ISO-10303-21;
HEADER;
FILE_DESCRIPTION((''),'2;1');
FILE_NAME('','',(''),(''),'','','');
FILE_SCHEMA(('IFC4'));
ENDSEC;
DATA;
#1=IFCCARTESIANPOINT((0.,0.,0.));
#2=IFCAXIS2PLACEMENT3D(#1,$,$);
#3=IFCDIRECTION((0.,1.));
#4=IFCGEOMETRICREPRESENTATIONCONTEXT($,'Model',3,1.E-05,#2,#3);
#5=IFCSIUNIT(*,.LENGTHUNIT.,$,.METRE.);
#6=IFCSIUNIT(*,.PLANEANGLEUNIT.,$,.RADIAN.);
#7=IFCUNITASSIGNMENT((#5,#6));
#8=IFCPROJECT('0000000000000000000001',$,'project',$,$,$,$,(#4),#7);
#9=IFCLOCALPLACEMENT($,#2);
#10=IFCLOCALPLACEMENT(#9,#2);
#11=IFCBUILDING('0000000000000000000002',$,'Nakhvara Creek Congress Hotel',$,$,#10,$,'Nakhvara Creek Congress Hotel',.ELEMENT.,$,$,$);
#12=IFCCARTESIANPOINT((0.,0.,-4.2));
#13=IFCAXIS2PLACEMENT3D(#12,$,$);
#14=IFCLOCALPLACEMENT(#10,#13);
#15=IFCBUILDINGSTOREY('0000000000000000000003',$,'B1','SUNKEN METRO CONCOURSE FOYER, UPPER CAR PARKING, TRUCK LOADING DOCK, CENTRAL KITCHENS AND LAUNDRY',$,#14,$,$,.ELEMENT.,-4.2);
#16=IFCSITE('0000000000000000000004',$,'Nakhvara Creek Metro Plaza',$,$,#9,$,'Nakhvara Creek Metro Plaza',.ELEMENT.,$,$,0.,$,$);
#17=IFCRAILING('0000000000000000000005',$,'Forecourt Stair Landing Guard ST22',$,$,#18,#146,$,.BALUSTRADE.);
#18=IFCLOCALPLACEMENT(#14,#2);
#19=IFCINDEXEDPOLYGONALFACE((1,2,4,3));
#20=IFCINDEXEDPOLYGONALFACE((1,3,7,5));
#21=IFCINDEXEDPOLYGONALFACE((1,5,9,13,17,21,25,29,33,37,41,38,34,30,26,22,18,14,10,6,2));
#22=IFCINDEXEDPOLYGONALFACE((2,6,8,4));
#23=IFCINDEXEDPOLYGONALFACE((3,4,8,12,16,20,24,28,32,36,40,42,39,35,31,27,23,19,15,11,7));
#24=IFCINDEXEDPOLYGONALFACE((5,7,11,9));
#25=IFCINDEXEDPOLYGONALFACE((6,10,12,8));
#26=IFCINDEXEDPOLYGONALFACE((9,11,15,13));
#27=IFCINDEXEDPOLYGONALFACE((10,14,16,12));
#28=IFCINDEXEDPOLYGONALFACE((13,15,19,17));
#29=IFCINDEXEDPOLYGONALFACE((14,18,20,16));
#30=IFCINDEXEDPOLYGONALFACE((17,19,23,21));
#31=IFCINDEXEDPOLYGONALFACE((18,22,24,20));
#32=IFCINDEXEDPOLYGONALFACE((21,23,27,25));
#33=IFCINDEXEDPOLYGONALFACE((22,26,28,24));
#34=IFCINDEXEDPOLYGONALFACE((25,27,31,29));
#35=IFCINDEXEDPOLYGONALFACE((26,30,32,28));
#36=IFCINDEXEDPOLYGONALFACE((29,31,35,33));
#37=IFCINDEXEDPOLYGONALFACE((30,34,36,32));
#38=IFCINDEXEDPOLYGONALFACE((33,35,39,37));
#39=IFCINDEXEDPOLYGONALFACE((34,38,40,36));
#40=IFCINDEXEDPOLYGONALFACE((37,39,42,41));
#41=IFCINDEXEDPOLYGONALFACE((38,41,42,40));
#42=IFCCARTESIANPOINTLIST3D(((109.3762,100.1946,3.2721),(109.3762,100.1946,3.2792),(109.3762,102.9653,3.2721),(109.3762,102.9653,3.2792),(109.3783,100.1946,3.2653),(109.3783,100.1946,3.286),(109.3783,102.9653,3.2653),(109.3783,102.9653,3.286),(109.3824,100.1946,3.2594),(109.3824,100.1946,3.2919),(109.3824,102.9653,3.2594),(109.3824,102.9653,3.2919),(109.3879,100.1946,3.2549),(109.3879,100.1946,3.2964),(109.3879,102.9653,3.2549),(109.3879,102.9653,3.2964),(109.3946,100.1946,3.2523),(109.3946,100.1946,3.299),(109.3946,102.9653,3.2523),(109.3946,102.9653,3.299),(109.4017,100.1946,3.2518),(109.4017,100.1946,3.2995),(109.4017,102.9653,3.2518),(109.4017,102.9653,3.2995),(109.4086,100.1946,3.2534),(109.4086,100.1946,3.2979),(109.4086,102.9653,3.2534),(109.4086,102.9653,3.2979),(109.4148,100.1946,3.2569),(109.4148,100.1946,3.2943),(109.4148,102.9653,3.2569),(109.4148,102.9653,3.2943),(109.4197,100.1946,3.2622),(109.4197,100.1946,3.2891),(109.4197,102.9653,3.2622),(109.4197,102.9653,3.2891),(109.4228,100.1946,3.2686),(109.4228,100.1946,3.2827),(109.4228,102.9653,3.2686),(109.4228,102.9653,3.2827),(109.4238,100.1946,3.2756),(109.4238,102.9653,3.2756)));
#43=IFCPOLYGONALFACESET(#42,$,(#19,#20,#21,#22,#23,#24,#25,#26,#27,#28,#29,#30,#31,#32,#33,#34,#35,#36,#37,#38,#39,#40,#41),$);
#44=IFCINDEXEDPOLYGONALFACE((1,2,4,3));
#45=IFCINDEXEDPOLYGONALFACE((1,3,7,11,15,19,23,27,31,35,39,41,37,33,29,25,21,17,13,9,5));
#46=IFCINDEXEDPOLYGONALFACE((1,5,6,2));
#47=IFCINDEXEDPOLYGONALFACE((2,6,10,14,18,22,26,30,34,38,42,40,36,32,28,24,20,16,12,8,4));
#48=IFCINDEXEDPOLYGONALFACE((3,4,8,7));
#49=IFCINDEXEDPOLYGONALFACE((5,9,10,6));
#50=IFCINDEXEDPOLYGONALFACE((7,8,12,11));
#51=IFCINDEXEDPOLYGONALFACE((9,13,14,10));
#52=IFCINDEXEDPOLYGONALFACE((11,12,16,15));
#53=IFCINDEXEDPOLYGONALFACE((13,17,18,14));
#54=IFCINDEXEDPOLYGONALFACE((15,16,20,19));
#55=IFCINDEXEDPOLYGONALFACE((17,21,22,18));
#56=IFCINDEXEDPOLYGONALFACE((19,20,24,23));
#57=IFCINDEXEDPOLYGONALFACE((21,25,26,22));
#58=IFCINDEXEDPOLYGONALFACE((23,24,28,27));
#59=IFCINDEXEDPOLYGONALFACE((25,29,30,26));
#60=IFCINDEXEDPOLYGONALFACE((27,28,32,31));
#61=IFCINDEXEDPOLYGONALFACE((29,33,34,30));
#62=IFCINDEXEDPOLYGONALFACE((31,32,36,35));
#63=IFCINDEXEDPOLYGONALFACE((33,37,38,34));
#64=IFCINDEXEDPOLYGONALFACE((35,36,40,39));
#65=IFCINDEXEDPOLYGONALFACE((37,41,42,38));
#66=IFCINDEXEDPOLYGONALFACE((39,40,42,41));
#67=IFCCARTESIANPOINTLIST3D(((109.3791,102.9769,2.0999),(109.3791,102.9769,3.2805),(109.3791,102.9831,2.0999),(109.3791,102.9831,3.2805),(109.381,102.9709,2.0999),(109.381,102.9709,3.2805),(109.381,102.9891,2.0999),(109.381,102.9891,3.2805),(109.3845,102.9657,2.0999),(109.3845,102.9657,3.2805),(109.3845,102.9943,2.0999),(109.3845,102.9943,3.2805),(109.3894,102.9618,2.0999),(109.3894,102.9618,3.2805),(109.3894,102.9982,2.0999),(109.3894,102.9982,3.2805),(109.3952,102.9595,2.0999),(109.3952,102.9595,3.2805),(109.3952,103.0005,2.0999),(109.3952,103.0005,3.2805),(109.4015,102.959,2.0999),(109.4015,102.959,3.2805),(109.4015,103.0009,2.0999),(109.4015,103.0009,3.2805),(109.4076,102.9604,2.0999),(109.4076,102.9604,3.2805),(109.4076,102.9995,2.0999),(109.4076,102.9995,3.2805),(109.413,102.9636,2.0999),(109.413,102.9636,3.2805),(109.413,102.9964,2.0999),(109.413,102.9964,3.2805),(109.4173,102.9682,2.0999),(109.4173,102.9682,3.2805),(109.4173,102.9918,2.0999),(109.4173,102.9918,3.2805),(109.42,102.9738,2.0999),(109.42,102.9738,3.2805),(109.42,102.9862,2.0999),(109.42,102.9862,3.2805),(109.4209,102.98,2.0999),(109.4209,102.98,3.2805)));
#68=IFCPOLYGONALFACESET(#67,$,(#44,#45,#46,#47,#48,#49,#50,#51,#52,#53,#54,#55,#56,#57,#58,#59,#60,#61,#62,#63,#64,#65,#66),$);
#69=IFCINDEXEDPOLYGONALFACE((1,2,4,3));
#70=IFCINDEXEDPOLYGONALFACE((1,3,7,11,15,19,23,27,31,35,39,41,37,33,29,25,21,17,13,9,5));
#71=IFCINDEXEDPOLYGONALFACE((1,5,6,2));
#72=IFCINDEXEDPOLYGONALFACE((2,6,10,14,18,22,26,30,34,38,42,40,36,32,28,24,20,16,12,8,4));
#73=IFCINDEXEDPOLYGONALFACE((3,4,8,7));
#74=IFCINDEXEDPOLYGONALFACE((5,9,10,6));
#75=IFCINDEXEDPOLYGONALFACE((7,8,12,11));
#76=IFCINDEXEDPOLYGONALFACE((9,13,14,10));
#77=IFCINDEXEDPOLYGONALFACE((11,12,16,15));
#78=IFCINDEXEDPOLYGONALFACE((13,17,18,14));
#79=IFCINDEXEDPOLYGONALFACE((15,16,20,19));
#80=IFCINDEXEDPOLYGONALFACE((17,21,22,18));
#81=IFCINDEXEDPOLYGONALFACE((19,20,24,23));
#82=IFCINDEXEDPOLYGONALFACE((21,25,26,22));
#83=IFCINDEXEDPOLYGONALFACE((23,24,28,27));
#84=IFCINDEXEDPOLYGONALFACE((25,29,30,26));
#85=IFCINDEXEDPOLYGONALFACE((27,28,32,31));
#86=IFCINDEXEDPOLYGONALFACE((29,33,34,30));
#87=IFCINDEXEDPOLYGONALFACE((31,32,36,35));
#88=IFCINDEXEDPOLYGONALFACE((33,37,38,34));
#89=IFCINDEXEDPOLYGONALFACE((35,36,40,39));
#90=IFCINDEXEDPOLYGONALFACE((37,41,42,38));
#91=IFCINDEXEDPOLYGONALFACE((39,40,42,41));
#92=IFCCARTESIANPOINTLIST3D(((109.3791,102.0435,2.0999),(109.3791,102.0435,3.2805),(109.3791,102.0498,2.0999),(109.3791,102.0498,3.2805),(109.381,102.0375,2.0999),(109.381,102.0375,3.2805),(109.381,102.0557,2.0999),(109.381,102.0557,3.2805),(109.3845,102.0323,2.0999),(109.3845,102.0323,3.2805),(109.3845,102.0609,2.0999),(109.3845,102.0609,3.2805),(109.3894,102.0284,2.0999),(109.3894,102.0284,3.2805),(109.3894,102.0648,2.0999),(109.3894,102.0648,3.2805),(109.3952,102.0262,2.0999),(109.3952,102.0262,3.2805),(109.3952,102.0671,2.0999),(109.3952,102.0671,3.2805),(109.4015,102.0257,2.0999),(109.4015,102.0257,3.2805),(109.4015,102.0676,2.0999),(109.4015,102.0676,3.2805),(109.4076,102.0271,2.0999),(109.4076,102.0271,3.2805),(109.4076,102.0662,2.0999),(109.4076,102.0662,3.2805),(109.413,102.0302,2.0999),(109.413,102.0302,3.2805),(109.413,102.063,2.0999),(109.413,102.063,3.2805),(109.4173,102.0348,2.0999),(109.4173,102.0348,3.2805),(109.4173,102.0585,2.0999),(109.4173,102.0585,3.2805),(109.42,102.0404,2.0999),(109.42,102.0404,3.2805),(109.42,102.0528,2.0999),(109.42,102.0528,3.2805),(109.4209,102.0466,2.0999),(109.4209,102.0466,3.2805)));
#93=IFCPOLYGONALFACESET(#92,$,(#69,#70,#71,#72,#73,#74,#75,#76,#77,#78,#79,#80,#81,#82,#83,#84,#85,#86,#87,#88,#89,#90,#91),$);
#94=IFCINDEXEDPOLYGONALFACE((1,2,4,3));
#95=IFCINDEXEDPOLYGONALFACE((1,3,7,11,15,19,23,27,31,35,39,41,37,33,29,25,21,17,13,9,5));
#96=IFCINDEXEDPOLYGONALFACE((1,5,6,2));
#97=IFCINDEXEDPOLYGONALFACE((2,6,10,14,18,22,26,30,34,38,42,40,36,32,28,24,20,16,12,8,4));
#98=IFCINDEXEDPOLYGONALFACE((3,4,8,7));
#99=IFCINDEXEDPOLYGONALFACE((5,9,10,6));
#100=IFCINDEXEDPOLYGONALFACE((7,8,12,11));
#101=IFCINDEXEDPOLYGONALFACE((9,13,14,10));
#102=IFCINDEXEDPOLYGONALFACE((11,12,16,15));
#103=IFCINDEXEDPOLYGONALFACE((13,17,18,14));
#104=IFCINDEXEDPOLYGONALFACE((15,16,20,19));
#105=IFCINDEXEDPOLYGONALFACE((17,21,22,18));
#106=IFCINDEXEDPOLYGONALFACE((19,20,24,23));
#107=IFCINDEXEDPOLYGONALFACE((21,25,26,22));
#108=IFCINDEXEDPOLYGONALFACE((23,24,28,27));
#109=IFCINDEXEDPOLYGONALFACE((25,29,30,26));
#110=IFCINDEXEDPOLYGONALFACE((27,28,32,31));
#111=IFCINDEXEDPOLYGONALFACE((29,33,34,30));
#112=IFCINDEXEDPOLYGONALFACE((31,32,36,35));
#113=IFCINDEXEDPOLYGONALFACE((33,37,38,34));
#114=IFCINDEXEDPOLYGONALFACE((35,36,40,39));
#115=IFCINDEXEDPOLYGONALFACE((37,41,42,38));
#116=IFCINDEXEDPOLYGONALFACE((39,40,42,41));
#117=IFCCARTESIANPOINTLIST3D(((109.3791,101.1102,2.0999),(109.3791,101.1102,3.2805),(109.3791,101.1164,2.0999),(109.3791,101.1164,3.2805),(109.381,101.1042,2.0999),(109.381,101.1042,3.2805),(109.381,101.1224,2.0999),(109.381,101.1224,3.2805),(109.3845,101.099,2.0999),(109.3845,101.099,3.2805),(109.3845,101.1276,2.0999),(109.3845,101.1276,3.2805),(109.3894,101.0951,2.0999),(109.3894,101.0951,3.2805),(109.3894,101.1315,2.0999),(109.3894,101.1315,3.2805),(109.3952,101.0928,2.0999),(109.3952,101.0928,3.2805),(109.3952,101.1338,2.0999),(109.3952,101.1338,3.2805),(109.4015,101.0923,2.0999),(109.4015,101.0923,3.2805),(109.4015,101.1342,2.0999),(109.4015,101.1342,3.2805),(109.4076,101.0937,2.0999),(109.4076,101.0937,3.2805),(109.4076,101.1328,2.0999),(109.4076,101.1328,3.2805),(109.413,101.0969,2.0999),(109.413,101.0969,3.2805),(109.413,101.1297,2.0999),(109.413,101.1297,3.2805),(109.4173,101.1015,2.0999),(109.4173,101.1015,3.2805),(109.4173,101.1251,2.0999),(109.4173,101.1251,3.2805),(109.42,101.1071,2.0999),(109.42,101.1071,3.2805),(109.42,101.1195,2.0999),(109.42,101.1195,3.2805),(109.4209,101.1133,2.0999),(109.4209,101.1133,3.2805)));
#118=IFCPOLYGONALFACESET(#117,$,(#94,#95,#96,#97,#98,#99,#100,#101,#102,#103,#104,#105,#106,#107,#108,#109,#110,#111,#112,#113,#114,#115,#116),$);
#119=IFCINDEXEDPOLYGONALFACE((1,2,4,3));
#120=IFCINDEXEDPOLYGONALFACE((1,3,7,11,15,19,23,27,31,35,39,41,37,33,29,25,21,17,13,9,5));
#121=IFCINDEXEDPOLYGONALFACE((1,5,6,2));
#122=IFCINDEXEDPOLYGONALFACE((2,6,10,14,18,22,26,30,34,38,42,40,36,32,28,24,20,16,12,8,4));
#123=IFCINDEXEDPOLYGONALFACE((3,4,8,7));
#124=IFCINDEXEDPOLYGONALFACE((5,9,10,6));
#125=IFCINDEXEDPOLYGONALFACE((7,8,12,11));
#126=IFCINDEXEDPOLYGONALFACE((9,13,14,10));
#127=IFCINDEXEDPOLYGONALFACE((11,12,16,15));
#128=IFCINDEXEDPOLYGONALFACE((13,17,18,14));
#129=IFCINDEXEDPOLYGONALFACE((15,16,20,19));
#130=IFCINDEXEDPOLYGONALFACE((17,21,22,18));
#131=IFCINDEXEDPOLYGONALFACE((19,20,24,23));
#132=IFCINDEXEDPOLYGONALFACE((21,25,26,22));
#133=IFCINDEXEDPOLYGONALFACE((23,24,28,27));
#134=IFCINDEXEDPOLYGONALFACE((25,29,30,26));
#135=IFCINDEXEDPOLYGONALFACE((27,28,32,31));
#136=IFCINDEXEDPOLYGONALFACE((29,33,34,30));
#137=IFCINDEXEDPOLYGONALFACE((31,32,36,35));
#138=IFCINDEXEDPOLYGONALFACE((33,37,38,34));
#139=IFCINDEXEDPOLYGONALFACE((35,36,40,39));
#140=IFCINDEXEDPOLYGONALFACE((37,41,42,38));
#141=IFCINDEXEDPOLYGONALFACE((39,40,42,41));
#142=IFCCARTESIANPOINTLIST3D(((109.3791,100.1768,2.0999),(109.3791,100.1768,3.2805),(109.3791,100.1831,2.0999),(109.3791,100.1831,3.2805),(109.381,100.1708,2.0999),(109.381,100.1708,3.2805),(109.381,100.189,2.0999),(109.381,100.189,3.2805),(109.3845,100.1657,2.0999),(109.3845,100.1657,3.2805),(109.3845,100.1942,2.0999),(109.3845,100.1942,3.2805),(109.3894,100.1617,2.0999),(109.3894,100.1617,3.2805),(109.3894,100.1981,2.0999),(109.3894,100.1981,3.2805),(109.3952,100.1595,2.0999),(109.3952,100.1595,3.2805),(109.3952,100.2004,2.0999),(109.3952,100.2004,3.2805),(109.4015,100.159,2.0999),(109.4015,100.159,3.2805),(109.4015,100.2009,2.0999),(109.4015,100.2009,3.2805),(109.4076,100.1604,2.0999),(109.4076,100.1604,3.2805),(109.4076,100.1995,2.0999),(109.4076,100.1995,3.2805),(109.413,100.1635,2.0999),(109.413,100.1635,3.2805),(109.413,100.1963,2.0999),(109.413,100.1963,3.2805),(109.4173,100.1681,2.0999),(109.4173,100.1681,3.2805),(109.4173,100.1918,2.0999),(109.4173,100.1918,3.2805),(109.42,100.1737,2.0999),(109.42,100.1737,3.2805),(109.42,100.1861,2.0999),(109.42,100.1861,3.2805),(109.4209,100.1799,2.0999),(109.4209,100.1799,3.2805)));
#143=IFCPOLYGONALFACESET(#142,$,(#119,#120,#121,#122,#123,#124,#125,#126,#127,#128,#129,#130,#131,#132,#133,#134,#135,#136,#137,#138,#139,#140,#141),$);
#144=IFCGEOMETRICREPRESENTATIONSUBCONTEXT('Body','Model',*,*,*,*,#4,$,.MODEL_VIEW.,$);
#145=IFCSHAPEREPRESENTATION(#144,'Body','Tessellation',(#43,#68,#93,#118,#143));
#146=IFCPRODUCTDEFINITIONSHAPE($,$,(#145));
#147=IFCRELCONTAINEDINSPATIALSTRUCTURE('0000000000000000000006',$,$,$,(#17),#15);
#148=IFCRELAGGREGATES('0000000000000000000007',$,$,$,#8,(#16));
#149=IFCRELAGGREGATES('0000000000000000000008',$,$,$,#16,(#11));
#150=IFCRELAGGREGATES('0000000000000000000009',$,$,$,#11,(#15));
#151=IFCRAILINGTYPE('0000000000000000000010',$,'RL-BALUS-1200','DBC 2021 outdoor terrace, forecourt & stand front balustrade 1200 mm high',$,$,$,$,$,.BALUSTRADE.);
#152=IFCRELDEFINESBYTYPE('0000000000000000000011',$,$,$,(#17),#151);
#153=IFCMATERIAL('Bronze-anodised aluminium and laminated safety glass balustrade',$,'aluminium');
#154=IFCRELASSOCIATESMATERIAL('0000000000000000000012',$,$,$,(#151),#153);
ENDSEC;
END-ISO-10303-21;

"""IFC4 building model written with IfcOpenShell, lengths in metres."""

from ifc_helpers import new_model, si_unit, direction, frame, origin, origin_2d, place, context, subcontext, project, spatial, circle, extrude, material, type_object, element, save


model = new_model("IFC4")

# Units and contexts
model_context = context("Model", 3, precision=1e-05, world=origin(), true_north=direction((0.0, 1.0)))
body_context = subcontext(model_context, "Body", "Model", "MODEL_VIEW")
ifc_project = project(units=[si_unit("LENGTHUNIT", "METRE"), si_unit("PLANEANGLEUNIT", "RADIAN")], contexts=[model_context])

# Site, building, storey
site_placement = place(None, origin())
site = spatial("IfcSite", under=ifc_project, at=site_placement, Name="Nakhvara Creek Metro Plaza", LongName="Nakhvara Creek Metro Plaza", CompositionType="ELEMENT", RefElevation=0.0)
building_placement = place(site_placement, origin())
building = spatial("IfcBuilding", under=site, at=building_placement, Name="Nakhvara Creek Congress Hotel", LongName="Nakhvara Creek Congress Hotel", CompositionType="ELEMENT")
storey_placement = place(building_placement, frame((0.0, 0.0, -4.2)))
storey = spatial("IfcBuildingStorey", under=building, at=storey_placement, Name="B1", Description="SUNKEN METRO CONCOURSE FOYER, UPPER CAR PARKING, TRUCK LOADING DOCK, CENTRAL KITCHENS AND LAUNDRY", CompositionType="ELEMENT", Elevation=-4.2)

# Railing
ifc_material_1 = material(Name="Bronze-anodised aluminium and laminated safety glass balustrade", Category="aluminium")
railing_type_1 = type_object("IfcRailingType", Name="RL-BALUS-1200", Description="DBC 2021 outdoor terrace, forecourt & stand front balustrade 1200 mm high", PredefinedType="BALUSTRADE", material=ifc_material_1)
for number, where, name in (
    (1, (109.3999, 102.98, 2.0999), "Forecourt Stair Landing Guard ST22"),
):
    element("IfcRailing", number, at=place(storey_placement, frame(where)), inside=storey, type_object=railing_type_1, Name=name, PredefinedType="BALUSTRADE", context=body_context, shape_type="SweptSolid", body=[
        extrude(circle(Radius=0.0239, at=origin_2d()), frame((0.0, -0.0146, 1.1758), z_axis=(0.0, -1.0, 0.0), x_axis=(1.0, 0.0, 0.0)), (0.0, 0.0, 1.0), 2.7708),
        extrude(circle(Radius=0.021, at=origin_2d()), origin(), (0.0, 0.0, 1.0), 1.1807),
        extrude(circle(Radius=0.021, at=origin_2d()), frame((0.0, -0.9333, 0.0)), (0.0, 0.0, 1.0), 1.1807),
        extrude(circle(Radius=0.021, at=origin_2d()), frame((0.0, -1.8667, 0.0)), (0.0, 0.0, 1.0), 1.1807),
        extrude(circle(Radius=0.021, at=origin_2d()), frame((0.0, -2.8, 0.0)), (0.0, 0.0, 1.0), 1.1807),
    ])

save(model, "model.ifc")
